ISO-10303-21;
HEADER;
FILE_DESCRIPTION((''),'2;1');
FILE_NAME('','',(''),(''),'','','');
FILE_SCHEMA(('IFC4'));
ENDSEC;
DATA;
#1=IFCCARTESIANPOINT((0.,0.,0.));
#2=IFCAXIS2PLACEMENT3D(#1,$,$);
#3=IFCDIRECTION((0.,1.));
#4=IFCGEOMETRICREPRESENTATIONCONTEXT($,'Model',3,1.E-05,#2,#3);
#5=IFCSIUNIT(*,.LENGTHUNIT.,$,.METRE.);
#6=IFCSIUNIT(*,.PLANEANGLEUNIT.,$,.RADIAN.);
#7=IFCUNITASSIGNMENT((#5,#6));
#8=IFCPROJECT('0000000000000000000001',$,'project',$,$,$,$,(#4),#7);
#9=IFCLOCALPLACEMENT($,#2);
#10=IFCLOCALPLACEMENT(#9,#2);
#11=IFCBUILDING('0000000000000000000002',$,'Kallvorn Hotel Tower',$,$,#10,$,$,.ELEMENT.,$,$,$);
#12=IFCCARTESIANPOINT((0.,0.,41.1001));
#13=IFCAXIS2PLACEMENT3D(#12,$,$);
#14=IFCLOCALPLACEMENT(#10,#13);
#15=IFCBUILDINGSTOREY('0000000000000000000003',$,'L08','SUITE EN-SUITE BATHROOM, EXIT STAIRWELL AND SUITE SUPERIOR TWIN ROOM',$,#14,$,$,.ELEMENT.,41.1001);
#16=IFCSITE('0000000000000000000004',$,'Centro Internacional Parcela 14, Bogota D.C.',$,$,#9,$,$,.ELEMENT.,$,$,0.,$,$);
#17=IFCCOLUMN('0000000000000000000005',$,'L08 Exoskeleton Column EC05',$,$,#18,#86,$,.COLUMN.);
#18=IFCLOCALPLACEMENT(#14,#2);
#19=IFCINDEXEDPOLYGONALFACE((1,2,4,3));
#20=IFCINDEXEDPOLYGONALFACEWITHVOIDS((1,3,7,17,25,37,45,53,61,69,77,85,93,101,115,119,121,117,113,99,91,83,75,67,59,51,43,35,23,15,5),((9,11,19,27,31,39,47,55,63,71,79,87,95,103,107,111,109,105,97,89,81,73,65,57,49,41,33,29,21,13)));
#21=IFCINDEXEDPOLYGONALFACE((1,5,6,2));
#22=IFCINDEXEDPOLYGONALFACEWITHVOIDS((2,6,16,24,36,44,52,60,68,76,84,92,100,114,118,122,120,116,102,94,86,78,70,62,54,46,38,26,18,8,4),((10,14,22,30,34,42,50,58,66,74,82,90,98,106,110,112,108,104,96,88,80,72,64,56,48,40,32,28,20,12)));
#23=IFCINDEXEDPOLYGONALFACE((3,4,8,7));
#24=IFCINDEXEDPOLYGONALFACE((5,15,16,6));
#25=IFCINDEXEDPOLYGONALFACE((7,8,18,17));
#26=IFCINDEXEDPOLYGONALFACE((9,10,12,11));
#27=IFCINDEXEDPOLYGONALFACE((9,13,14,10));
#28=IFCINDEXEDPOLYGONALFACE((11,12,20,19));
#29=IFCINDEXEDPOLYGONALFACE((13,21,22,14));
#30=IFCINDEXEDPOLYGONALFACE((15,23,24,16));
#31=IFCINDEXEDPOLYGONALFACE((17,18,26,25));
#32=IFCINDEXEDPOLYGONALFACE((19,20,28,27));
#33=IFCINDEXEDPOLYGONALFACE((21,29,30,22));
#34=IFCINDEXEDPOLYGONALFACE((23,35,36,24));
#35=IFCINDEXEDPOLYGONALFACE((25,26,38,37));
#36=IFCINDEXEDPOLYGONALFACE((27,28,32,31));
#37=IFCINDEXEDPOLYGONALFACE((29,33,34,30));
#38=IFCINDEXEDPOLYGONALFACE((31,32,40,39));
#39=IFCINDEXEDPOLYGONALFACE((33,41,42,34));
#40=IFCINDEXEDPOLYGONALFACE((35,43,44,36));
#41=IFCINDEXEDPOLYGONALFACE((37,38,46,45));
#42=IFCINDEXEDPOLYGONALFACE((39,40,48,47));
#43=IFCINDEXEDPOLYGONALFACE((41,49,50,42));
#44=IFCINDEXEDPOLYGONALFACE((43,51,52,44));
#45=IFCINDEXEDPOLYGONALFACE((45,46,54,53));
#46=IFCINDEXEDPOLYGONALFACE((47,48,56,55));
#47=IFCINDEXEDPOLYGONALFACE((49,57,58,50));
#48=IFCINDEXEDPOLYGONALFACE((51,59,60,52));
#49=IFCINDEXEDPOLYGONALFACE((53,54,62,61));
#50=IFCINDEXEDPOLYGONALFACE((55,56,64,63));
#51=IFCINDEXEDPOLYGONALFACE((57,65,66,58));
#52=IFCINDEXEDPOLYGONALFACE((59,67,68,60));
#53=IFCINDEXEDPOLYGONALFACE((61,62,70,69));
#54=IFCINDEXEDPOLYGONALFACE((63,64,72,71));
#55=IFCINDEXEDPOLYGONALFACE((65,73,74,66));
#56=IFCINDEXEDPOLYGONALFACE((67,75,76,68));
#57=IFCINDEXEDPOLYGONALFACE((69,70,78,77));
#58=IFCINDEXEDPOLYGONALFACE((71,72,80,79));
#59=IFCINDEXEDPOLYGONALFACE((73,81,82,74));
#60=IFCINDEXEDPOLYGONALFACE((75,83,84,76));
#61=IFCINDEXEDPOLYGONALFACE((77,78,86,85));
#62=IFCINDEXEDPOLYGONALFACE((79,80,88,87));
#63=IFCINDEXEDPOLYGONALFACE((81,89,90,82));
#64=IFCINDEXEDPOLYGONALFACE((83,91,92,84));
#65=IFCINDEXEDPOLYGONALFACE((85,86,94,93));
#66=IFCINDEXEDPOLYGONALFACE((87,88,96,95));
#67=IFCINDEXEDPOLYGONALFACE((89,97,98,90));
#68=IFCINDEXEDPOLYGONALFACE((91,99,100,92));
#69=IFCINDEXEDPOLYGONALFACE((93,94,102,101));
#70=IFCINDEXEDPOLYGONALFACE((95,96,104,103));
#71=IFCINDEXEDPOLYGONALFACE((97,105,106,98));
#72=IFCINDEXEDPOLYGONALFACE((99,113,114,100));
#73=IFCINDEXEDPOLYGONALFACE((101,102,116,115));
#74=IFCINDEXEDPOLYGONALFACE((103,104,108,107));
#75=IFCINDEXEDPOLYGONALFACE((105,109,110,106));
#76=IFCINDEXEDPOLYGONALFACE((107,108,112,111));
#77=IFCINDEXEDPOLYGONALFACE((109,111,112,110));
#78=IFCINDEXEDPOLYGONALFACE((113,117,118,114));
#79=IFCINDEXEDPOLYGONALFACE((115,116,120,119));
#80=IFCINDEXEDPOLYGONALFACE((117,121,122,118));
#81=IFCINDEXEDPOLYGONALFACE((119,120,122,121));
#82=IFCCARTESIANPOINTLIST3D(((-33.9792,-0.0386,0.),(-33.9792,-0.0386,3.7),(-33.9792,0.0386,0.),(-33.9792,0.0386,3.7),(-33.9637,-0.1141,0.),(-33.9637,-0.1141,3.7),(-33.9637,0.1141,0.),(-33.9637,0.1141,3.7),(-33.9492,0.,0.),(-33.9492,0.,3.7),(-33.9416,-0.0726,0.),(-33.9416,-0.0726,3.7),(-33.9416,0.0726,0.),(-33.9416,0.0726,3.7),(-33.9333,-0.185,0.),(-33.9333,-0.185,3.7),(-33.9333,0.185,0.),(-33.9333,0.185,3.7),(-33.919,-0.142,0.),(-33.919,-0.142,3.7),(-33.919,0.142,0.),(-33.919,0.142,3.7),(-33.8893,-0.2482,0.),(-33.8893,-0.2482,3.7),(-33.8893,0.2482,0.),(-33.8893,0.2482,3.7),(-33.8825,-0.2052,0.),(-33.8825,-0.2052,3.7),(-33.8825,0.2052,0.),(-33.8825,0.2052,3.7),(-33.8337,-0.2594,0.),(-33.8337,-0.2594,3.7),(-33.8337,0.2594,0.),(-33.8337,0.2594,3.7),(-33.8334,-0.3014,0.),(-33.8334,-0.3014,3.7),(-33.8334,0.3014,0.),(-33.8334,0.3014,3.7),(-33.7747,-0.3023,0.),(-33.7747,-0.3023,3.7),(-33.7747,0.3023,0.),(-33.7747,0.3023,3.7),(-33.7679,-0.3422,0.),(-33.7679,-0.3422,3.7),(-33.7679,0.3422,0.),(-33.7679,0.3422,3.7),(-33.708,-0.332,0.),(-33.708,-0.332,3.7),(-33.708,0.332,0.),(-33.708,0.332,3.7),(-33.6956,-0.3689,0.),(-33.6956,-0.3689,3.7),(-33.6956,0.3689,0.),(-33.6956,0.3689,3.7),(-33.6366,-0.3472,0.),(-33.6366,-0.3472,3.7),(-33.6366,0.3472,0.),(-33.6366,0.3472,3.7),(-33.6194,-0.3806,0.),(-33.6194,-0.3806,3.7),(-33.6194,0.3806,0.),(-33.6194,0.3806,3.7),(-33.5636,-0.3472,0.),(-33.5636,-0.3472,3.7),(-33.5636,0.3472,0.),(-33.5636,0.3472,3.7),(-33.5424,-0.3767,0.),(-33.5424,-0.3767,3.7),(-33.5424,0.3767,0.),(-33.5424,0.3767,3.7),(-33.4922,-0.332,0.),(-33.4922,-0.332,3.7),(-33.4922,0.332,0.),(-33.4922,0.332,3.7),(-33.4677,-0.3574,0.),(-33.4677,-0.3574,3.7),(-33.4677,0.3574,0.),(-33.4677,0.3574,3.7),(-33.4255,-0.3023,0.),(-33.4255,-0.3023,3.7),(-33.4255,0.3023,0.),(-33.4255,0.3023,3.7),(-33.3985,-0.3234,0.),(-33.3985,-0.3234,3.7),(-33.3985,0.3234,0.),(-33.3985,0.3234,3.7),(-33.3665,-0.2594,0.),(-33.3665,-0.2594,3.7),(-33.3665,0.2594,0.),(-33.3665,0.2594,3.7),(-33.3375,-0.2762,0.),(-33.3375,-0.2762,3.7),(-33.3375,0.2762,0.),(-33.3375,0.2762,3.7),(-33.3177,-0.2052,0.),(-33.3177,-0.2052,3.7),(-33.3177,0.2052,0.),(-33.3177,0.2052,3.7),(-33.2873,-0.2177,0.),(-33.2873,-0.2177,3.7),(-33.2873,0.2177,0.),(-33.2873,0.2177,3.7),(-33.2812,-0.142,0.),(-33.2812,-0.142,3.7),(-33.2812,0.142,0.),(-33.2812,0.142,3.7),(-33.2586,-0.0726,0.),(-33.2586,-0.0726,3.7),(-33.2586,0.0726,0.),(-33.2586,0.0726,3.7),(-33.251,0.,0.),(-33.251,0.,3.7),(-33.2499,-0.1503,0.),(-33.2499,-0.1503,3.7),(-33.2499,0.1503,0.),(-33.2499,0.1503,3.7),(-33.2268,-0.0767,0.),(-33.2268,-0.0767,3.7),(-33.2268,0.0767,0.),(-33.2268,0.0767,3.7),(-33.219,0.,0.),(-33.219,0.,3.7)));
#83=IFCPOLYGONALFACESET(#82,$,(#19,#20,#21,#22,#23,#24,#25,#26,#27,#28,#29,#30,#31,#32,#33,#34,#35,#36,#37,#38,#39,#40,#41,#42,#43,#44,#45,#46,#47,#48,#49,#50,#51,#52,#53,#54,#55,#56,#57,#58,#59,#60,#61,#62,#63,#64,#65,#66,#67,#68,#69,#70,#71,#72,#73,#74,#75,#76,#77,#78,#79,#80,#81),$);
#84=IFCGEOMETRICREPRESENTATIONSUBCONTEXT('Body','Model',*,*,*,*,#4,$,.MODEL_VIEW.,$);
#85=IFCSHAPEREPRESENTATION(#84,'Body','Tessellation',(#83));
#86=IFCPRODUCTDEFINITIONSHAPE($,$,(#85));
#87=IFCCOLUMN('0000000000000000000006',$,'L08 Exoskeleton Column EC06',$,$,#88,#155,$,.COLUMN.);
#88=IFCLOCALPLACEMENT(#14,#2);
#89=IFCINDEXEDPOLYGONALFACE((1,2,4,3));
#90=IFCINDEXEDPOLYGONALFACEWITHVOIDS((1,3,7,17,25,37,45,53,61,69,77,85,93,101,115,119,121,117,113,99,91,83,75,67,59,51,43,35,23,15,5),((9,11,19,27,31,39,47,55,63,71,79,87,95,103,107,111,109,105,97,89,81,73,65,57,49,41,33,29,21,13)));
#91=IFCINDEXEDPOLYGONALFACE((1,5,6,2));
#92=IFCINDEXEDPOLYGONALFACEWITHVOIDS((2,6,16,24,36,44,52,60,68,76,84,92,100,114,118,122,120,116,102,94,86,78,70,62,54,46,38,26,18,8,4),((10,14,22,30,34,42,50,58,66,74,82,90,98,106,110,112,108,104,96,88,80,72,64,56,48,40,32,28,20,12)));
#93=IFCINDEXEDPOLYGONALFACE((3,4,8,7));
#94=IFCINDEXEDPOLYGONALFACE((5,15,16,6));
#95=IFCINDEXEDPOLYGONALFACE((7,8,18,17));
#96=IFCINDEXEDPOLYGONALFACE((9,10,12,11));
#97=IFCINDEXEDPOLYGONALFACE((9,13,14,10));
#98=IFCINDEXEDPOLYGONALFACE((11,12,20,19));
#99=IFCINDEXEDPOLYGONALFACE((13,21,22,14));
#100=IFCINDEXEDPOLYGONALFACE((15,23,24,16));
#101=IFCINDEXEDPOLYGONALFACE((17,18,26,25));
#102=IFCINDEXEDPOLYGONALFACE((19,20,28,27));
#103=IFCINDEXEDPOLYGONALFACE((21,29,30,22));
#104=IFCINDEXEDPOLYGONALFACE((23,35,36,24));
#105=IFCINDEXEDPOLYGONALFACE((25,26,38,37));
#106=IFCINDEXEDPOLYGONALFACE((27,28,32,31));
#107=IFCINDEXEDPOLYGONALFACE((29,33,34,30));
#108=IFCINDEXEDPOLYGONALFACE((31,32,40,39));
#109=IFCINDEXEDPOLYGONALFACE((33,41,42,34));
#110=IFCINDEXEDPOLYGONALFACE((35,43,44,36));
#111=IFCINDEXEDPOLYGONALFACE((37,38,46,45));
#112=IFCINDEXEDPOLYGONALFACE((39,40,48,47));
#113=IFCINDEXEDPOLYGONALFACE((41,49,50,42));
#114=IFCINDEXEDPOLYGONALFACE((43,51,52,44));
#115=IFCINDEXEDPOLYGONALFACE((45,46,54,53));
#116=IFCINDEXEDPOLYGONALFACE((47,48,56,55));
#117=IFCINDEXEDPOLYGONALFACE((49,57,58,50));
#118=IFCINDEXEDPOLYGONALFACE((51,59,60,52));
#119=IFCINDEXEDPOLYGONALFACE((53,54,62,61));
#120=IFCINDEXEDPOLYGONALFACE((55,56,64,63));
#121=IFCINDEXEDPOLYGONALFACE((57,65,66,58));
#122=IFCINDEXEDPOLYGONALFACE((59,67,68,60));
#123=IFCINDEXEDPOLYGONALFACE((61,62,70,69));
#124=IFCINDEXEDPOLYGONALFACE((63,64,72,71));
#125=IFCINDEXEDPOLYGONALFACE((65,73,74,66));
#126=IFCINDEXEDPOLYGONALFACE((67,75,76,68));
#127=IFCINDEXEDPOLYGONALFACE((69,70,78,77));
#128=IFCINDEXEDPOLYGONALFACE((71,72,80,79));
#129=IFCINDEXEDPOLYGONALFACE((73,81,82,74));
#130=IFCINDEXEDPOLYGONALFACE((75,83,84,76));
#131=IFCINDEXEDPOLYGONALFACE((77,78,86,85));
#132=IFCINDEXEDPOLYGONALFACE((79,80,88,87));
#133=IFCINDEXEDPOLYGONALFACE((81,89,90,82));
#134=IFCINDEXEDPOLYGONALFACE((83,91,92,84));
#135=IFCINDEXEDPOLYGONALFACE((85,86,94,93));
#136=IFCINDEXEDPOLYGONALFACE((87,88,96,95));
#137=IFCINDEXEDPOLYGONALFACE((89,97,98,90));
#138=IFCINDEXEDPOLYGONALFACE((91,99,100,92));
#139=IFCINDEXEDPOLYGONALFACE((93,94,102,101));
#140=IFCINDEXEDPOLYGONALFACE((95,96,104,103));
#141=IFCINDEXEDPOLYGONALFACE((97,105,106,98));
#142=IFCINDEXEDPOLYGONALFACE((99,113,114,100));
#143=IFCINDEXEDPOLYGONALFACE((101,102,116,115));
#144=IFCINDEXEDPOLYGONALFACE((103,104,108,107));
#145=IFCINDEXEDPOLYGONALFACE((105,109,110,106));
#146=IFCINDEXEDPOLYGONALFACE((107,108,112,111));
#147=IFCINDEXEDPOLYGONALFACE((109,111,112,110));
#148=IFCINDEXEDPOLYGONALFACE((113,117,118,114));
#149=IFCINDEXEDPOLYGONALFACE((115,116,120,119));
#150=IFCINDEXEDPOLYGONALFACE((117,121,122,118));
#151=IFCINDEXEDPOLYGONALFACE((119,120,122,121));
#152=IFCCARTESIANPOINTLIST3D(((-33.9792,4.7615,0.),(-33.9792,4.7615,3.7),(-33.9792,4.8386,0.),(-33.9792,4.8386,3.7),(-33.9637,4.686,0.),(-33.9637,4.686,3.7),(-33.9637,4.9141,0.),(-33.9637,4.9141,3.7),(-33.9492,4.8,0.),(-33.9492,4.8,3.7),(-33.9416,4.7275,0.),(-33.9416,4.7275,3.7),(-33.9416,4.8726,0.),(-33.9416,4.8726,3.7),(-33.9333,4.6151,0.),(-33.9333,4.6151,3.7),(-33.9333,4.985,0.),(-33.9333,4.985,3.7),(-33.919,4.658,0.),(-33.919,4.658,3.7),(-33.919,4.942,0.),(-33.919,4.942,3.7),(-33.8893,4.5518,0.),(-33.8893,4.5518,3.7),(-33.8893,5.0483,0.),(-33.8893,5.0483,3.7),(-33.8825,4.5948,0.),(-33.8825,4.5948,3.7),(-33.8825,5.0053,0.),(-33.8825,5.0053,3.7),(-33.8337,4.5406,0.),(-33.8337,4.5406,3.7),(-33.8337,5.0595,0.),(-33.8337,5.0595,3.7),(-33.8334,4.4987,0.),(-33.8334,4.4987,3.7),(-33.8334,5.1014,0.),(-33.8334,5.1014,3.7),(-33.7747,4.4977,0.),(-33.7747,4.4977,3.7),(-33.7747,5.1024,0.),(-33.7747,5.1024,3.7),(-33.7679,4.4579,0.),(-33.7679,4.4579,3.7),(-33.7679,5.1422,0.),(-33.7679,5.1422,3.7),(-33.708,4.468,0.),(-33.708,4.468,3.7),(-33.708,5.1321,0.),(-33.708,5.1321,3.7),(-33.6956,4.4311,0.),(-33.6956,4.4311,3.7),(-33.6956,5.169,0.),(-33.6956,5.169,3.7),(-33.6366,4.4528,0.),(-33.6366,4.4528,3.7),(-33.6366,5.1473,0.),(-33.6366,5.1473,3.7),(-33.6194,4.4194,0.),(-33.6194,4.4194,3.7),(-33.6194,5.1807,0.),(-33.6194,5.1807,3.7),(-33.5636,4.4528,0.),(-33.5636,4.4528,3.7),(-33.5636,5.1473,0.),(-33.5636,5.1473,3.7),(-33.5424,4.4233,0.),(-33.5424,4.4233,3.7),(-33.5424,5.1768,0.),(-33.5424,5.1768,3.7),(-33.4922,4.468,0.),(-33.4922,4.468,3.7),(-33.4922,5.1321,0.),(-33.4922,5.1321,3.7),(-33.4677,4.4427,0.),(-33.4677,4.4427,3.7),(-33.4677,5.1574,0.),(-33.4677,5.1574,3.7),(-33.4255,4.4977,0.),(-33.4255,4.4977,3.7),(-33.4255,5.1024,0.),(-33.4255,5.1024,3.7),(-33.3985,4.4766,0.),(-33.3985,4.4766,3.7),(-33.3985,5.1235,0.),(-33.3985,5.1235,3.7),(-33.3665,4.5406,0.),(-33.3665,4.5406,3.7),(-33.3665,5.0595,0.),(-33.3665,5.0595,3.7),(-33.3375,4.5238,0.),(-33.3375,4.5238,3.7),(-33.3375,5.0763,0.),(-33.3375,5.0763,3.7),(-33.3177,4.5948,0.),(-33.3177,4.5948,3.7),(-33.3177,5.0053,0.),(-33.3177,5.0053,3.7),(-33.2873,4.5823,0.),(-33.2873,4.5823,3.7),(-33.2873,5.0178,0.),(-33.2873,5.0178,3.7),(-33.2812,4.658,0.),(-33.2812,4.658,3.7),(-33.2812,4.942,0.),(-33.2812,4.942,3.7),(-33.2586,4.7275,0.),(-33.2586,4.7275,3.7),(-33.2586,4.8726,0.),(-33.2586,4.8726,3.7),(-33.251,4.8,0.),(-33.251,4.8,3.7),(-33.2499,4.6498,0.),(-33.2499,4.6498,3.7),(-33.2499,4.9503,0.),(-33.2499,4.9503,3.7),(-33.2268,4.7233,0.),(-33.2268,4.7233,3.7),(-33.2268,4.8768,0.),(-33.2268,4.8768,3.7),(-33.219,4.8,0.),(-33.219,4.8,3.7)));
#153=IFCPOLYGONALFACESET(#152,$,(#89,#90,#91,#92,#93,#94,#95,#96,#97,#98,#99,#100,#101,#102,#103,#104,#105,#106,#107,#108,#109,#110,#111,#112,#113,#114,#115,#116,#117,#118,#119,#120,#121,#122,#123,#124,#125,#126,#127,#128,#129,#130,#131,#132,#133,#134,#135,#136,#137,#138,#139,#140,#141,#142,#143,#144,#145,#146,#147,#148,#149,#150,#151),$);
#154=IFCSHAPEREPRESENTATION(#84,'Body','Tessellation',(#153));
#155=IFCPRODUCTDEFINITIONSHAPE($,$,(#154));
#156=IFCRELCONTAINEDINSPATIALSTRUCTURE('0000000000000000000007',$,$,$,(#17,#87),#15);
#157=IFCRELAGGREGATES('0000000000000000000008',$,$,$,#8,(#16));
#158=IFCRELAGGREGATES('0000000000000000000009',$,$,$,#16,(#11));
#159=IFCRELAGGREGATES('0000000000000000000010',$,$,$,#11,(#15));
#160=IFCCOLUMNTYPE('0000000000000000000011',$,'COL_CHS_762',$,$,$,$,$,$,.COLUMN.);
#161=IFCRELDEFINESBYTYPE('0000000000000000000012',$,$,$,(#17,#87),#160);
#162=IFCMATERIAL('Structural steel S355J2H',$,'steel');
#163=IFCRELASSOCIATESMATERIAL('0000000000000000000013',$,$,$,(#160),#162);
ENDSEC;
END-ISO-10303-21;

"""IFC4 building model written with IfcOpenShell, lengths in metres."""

from ifc_helpers import new_model, si_unit, direction, frame, origin, origin_2d, place, context, subcontext, project, spatial, hollow_circle, extrude, material, material_profile, profile_set, type_object, element, save


model = new_model("IFC4")

# Units and contexts
model_context = context("Model", 3, precision=1e-05, world=origin(), true_north=direction((0.0, 1.0)))
body_context = subcontext(model_context, "Body", "Model", "MODEL_VIEW")
ifc_project = project(units=[si_unit("LENGTHUNIT", "METRE"), si_unit("PLANEANGLEUNIT", "RADIAN")], contexts=[model_context])

# Site, building, storey
site_placement = place(None, origin())
site = spatial("IfcSite", under=ifc_project, at=site_placement, Name="Centro Internacional Parcela 14, Bogota D.C.", CompositionType="ELEMENT", RefElevation=0.0)
building_placement = place(site_placement, origin())
building = spatial("IfcBuilding", under=site, at=building_placement, Name="Kallvorn Hotel Tower", CompositionType="ELEMENT")
storey_placement = place(building_placement, frame((0.0, 0.0, 41.1001)))
storey = spatial("IfcBuildingStorey", under=building, at=storey_placement, Name="L08", Description="SUITE EN-SUITE BATHROOM, EXIT STAIRWELL AND SUITE SUPERIOR TWIN ROOM", CompositionType="ELEMENT", Elevation=41.1001)

# Columns
ifc_material_1 = material(Name="Structural steel S355J2H", Category="steel")
ifc_material_profile_1 = material_profile(ifc_material_1, hollow_circle(Radius=0.3811, WallThickness=0.032, at=origin_2d()), Name="CHS 762x32")
ifc_profile_set_1 = profile_set([ifc_material_profile_1], Name="Structural steel S355J2H")
column_type = type_object("IfcColumnType", Name="COL_CHS_762", PredefinedType="COLUMN", material=ifc_profile_set_1)
for number, where, z_axis, x_axis, name in (
    (1, (-33.6001, 0.0, 0.0), (0.0, 0.0, 1.0), (1.0, 0.0, 0.0), "L08 Exoskeleton Column EC05"),
    (2, (-33.6001, 4.8, 0.0), (0.0, 0.0, 1.0), (1.0, 0.0, 0.0), "L08 Exoskeleton Column EC06"),
):
    element("IfcColumn", number, at=place(storey_placement, frame(where, z_axis=z_axis, x_axis=x_axis)), inside=storey, type_object=column_type, Name=name, PredefinedType="COLUMN", context=body_context, shape_type="SweptSolid", body=[
        extrude(hollow_circle(Radius=0.3811, WallThickness=0.032, at=origin_2d()), origin(), (0.0, 0.0, 1.0), 3.7),
    ])

save(model, "model.ifc")
